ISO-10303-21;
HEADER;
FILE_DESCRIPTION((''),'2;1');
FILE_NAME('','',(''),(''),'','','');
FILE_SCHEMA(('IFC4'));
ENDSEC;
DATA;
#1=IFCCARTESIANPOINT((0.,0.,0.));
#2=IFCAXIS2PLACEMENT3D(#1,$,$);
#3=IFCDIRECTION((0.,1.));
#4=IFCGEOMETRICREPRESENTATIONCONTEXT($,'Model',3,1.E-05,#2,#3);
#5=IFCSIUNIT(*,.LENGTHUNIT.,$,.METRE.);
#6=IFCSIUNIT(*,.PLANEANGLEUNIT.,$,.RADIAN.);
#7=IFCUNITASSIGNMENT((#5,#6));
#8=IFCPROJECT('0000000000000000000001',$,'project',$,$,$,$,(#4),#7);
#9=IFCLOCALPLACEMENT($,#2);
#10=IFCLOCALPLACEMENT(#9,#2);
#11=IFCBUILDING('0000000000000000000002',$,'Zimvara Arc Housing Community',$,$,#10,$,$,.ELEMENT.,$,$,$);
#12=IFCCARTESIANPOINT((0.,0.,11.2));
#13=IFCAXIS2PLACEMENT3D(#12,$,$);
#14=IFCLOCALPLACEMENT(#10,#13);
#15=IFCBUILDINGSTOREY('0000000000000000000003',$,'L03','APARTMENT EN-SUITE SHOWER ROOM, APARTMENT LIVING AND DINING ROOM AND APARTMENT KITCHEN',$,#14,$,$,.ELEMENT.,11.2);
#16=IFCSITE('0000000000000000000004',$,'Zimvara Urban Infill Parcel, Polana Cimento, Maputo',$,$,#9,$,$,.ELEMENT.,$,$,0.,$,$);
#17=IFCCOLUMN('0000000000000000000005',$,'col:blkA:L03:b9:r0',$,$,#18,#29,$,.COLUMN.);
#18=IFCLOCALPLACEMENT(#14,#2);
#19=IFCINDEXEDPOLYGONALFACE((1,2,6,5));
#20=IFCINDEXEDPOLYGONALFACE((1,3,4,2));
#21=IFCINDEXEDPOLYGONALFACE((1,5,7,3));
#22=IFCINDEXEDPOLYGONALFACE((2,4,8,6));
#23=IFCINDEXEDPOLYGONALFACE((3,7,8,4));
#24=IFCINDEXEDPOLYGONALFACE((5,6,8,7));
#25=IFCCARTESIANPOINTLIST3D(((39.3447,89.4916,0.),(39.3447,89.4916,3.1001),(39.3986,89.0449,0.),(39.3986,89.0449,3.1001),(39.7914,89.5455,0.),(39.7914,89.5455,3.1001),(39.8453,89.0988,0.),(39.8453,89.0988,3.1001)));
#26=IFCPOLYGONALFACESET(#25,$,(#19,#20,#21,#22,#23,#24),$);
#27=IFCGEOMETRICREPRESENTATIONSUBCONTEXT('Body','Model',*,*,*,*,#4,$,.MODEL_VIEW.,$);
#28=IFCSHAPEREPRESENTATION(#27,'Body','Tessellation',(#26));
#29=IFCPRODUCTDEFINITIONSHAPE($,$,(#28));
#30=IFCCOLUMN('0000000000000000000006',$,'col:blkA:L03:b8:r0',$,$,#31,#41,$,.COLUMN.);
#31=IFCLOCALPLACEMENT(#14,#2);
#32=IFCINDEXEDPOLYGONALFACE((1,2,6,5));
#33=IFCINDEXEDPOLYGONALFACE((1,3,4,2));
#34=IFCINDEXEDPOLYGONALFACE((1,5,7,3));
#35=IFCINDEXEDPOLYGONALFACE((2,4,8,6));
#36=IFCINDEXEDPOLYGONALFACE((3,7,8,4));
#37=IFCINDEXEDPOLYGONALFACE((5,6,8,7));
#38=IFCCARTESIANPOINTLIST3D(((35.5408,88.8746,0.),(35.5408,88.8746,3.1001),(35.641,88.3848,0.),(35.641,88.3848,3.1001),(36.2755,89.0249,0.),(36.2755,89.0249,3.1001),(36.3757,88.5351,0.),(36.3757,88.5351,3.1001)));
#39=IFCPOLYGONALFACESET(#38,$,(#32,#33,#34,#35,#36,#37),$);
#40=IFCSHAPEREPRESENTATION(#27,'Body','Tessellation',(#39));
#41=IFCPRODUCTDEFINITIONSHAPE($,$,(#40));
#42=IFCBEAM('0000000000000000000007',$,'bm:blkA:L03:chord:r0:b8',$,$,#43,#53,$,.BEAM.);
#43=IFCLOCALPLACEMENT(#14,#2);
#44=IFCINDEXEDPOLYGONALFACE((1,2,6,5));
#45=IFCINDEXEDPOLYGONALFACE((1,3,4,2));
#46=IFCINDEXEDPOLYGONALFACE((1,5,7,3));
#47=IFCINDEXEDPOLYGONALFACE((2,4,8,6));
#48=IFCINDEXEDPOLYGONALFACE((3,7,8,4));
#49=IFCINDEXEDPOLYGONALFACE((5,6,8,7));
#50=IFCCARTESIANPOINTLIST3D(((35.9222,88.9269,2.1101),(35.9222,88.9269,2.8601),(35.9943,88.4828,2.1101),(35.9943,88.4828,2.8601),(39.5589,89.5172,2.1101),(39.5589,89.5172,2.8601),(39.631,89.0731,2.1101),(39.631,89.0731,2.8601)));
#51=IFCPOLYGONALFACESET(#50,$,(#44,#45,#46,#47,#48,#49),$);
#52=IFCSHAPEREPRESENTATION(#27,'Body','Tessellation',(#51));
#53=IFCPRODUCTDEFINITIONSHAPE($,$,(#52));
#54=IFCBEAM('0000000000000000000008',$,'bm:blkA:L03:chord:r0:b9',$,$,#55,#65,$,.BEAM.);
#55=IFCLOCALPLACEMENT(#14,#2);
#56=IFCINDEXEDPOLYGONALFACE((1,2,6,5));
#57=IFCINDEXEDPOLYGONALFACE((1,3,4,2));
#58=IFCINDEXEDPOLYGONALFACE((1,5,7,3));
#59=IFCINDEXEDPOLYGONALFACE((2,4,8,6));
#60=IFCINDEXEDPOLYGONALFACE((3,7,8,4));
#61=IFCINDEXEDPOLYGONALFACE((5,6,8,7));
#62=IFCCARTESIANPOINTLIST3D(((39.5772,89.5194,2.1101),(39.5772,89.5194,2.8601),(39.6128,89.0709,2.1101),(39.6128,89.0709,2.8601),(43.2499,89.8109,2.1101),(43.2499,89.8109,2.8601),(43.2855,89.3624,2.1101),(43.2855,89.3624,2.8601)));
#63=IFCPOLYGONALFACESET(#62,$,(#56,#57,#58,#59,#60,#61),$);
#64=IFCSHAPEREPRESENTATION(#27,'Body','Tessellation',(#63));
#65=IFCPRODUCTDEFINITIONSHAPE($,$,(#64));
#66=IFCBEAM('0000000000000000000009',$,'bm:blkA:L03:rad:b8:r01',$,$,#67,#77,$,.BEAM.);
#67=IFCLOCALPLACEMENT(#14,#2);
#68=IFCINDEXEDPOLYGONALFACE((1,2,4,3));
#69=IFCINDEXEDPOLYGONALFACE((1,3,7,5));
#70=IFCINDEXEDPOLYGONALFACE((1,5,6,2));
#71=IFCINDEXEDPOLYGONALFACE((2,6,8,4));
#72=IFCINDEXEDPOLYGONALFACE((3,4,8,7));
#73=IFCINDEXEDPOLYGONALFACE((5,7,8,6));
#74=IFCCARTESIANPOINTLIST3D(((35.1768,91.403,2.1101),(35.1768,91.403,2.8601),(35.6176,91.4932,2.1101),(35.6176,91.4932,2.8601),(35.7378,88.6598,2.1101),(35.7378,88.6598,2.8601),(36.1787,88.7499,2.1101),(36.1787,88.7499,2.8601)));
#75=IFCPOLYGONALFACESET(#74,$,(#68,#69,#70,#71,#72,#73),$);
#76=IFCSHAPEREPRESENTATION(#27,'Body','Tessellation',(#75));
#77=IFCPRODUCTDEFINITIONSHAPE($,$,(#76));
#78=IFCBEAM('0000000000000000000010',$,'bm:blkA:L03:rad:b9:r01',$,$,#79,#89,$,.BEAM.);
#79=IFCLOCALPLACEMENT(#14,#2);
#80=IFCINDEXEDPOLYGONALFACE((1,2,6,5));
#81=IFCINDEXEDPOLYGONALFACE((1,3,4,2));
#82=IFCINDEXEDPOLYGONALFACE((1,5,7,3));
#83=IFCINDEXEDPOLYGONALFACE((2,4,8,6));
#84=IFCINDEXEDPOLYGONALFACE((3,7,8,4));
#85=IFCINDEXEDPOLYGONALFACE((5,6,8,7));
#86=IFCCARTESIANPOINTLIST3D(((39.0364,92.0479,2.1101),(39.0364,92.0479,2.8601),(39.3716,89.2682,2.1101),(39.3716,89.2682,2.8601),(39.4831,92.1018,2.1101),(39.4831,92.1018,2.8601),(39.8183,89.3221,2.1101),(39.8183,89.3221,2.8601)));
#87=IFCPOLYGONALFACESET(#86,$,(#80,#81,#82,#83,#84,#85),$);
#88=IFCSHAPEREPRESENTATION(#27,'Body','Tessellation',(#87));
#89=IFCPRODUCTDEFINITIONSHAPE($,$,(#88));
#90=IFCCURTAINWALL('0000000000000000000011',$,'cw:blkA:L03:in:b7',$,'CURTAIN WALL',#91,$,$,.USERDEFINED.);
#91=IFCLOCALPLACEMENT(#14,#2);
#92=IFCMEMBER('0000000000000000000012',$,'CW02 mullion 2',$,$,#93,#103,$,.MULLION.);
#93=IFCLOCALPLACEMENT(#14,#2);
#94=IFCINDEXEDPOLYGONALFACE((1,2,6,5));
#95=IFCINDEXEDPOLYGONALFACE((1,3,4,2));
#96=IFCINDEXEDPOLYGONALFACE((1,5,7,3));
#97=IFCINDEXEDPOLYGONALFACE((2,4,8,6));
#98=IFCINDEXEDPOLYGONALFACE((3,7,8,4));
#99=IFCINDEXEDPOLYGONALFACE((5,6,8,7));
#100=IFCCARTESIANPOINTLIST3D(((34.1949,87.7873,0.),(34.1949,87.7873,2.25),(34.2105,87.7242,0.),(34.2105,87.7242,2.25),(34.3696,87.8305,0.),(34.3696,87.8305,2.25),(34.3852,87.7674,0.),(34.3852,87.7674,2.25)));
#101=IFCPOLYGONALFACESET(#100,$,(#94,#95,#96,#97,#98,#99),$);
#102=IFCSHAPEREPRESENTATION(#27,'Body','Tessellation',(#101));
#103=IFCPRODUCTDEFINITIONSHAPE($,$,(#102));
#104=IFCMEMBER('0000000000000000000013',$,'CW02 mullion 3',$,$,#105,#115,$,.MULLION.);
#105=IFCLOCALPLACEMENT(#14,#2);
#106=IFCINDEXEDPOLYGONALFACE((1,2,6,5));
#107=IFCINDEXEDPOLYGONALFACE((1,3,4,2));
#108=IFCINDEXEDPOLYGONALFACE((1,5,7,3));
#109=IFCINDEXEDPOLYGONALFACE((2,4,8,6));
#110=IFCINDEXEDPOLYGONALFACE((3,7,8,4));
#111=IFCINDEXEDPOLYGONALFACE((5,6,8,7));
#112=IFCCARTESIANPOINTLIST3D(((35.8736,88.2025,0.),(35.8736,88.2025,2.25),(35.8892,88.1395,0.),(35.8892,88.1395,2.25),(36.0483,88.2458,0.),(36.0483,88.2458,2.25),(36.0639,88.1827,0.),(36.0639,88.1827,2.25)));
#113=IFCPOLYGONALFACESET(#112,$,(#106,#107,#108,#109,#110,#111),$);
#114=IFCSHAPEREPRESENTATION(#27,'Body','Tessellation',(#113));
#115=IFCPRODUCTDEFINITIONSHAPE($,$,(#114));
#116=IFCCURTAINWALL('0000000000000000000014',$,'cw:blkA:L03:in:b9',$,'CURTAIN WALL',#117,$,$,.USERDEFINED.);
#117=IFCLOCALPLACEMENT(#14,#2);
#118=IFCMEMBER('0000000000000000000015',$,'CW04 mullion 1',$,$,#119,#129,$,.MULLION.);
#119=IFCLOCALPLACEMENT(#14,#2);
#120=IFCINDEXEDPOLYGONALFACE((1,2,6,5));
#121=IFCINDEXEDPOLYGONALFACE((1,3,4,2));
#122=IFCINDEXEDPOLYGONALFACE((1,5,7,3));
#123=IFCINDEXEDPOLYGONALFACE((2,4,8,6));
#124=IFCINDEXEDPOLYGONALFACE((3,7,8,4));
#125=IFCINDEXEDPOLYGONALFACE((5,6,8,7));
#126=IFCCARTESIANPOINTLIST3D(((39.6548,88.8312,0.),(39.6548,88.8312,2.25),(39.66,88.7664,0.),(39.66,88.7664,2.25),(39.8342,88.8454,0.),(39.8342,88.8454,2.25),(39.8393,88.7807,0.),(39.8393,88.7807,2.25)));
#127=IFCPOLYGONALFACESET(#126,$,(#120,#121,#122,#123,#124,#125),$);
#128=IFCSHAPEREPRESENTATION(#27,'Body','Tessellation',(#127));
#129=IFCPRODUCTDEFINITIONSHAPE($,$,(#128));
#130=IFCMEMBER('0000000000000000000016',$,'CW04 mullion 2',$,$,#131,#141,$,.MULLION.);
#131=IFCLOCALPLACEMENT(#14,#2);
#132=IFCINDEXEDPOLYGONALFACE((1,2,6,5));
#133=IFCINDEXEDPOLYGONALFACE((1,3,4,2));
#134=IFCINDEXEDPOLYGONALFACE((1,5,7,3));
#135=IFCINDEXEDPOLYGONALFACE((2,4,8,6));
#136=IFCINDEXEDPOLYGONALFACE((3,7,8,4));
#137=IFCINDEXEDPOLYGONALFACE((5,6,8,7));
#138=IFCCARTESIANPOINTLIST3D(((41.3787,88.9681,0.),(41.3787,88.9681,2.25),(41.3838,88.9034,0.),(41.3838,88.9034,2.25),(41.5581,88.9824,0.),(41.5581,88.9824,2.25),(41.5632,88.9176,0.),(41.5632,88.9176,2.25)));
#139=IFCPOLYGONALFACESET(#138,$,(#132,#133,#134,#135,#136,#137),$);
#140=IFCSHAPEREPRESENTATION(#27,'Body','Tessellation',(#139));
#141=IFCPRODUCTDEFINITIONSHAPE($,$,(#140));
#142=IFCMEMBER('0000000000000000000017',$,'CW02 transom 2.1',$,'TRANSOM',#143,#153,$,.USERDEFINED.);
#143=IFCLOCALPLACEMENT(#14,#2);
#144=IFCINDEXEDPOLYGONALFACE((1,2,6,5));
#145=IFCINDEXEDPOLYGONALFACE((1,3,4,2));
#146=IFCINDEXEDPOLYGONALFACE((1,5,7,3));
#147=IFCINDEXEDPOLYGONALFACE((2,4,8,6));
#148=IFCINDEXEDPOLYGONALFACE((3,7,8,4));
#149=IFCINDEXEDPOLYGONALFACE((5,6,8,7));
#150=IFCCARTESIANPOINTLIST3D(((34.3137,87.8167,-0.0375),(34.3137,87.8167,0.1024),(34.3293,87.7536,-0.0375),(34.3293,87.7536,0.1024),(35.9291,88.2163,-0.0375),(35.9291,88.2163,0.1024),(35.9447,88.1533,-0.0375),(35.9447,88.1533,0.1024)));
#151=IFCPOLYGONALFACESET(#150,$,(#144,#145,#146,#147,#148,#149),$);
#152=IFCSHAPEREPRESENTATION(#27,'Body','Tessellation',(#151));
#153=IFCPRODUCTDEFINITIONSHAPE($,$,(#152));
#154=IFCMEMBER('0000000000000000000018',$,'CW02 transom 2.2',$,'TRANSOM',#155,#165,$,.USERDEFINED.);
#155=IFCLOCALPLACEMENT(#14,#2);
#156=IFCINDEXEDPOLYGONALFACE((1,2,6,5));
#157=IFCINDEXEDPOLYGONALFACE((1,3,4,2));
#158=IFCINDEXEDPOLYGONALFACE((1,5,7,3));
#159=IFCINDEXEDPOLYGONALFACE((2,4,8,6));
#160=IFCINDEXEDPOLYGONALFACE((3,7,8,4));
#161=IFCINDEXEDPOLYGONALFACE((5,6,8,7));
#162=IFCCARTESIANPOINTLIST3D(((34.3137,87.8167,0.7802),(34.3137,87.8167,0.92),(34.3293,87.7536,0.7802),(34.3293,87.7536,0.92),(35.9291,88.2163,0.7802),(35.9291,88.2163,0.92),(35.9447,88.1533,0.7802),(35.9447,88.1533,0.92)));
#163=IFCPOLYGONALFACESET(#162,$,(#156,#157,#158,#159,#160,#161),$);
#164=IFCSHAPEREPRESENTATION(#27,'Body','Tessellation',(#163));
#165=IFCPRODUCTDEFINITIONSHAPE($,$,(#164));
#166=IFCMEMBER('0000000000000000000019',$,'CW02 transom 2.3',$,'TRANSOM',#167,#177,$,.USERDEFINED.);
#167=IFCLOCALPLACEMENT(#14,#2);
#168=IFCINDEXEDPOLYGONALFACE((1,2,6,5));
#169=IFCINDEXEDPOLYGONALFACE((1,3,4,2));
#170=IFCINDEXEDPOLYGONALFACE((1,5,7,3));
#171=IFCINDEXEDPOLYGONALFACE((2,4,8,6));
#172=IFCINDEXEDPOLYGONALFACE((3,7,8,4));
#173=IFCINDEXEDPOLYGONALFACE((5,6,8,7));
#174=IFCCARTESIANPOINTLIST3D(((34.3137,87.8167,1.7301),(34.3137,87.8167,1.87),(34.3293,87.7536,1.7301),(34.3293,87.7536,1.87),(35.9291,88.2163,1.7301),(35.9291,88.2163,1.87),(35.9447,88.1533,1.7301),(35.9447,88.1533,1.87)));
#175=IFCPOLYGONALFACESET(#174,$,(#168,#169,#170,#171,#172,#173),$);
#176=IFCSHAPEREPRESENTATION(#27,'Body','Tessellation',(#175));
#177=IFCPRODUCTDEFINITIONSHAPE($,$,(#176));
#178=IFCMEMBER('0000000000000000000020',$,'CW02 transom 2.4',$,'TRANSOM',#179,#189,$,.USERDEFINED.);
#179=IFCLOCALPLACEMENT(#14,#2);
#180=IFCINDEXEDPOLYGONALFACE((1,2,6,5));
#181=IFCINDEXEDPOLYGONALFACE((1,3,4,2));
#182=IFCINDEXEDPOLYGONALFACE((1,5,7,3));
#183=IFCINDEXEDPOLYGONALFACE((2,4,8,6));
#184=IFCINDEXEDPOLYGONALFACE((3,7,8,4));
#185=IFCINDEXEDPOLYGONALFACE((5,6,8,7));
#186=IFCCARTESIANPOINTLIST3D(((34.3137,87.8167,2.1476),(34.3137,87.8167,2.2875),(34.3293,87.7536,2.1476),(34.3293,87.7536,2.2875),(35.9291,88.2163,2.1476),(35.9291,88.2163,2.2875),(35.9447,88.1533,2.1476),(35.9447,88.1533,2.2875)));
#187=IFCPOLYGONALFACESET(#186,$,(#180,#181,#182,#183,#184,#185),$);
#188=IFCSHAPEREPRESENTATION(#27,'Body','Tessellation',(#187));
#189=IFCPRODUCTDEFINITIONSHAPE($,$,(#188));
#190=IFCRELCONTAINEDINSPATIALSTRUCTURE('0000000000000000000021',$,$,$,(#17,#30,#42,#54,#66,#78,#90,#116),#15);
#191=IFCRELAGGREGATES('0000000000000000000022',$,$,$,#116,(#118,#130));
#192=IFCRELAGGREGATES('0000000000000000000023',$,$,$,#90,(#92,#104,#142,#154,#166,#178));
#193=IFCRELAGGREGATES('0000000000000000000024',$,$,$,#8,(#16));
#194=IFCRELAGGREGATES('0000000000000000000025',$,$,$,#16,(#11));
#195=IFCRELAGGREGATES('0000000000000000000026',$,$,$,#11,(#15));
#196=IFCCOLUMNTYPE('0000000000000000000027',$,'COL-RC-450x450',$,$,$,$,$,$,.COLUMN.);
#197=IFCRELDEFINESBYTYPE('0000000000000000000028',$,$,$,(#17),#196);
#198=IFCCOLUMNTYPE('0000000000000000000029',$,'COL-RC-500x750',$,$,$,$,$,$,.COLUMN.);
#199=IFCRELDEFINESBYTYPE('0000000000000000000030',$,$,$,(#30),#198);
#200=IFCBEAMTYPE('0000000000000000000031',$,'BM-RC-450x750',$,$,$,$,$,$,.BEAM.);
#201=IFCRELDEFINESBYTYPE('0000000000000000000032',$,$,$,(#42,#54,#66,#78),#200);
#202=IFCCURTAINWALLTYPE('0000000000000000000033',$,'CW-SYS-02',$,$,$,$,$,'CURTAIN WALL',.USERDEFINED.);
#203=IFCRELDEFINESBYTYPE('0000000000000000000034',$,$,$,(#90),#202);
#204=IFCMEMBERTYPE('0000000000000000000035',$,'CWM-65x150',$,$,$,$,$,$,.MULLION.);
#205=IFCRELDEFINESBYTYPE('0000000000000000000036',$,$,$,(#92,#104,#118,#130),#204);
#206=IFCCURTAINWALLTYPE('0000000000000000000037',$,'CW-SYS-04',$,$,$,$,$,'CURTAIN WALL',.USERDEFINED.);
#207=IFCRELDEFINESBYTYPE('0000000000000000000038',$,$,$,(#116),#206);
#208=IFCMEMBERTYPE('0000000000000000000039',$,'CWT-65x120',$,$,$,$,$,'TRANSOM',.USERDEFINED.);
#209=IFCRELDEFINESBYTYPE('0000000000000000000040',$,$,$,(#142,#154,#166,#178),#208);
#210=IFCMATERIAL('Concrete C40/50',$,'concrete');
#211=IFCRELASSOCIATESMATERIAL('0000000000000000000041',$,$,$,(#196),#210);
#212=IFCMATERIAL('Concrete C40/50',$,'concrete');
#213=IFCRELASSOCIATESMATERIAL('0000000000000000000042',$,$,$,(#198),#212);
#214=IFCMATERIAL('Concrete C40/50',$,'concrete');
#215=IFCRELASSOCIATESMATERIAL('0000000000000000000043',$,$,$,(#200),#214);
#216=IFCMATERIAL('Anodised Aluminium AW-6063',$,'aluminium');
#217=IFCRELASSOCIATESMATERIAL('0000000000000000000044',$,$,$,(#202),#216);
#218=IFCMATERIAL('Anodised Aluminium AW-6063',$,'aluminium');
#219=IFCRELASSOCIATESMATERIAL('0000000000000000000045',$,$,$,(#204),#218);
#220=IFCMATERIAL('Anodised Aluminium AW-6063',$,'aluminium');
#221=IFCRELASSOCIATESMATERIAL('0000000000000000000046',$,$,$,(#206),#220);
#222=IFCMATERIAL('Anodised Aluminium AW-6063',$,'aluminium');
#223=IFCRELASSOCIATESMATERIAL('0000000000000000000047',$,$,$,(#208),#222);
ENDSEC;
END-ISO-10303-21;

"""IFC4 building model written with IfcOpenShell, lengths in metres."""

from ifc_helpers import new_model, si_unit, direction, frame, origin, origin_2d, place, context, subcontext, project, spatial, rectangle, extrude, material, material_profile, profile_set, type_object, element, aggregate, save


model = new_model("IFC4")

# Units and contexts
model_context = context("Model", 3, precision=1e-05, world=origin(), true_north=direction((0.0, 1.0)))
body_context = subcontext(model_context, "Body", "Model", "MODEL_VIEW")
ifc_project = project(units=[si_unit("LENGTHUNIT", "METRE"), si_unit("PLANEANGLEUNIT", "RADIAN")], contexts=[model_context])

# Site, building, storey
site_placement = place(None, origin())
site = spatial("IfcSite", under=ifc_project, at=site_placement, Name="Zimvara Urban Infill Parcel, Polana Cimento, Maputo", CompositionType="ELEMENT", RefElevation=0.0)
building_placement = place(site_placement, origin())
building = spatial("IfcBuilding", under=site, at=building_placement, Name="Zimvara Arc Housing Community", CompositionType="ELEMENT")
storey_placement = place(building_placement, frame((0.0, 0.0, 11.2)))
storey = spatial("IfcBuildingStorey", under=building, at=storey_placement, Name="L03", Description="APARTMENT EN-SUITE SHOWER ROOM, APARTMENT LIVING AND DINING ROOM AND APARTMENT KITCHEN", CompositionType="ELEMENT", Elevation=11.2)

# Columns
ifc_material_1 = material(Name="Concrete C40/50", Category="concrete")
ifc_material_profile_1 = material_profile(ifc_material_1, rectangle(XDim=0.45, YDim=0.45, at=origin_2d()), Name="RC 450x450")
ifc_profile_set_1 = profile_set([ifc_material_profile_1], Name="Concrete C40/50")
column_type_1 = type_object("IfcColumnType", Name="COL-RC-450x450", PredefinedType="COLUMN", material=ifc_profile_set_1)
column_1_placement = place(storey_placement, frame((39.595, 89.2952, 0.0), z_axis=(0.0, 0.0, 1.0), x_axis=(-0.11979, 0.992799, 0.0)))
element("IfcColumn", 1, at=column_1_placement, inside=storey, type_object=column_type_1, Name="col:blkA:L03:b9:r0", PredefinedType="COLUMN", context=body_context, shape_type="SweptSolid", body=[
    extrude(rectangle(XDim=0.45, YDim=0.45, at=origin_2d()), origin(), (0.0, 0.0, 1.0), 3.1001),
])
ifc_material_2 = material(Name="Concrete C40/50", Category="concrete")
ifc_material_profile_2 = material_profile(ifc_material_2, rectangle(XDim=0.5, YDim=0.75, at=origin_2d()), Name="RC 500x750")
ifc_profile_set_2 = profile_set([ifc_material_profile_2], Name="Concrete C40/50")
column_type_2 = type_object("IfcColumnType", Name="COL-RC-500x750", PredefinedType="COLUMN", material=ifc_profile_set_2)
column_2_placement = place(storey_placement, frame((35.9583, 88.7048, 0.0), z_axis=(0.0, 0.0, 1.0), x_axis=(-0.200394, 0.979715, 0.0)))
element("IfcColumn", 2, at=column_2_placement, inside=storey, type_object=column_type_2, Name="col:blkA:L03:b8:r0", PredefinedType="COLUMN", context=body_context, shape_type="SweptSolid", body=[
    extrude(rectangle(XDim=0.5, YDim=0.75, at=origin_2d()), origin(), (0.0, 0.0, 1.0), 3.1001),
])

# Beams
ifc_material_3 = material(Name="Concrete C40/50", Category="concrete")
ifc_material_profile_3 = material_profile(ifc_material_3, rectangle(XDim=0.45, YDim=0.75, at=origin_2d()), Name="RC 450x750")
ifc_profile_set_3 = profile_set([ifc_material_profile_3], Name="Concrete C40/50")
beam_type = type_object("IfcBeamType", Name="BM-RC-450x750", PredefinedType="BEAM", material=ifc_profile_set_3)
for number, where, z_axis, x_axis, name in (
    (3, (35.9583, 88.7048, 2.4851), (0.98708, 0.160228, 0.0), (-0.160228, 0.98708, 0.0), "bm:blkA:L03:chord:r0:b8"),
    (4, (39.595, 89.2952, 2.4851), (0.996865, 0.079118, 0.0), (-0.079118, 0.996865, 0.0), "bm:blkA:L03:chord:r0:b9"),
):
    element("IfcBeam", number, at=place(storey_placement, frame(where, z_axis=z_axis, x_axis=x_axis)), inside=storey, type_object=beam_type, Name=name, PredefinedType="BEAM", context=body_context, shape_type="SweptSolid", body=[
        extrude(rectangle(XDim=0.45, YDim=0.75, at=origin_2d()), origin(), (0.0, 0.0, 1.0), 3.6843),
    ])
beam_1_placement = place(storey_placement, frame((35.9583, 88.7048, 2.4851), z_axis=(-0.200373, 0.97972, 0.0), x_axis=(-0.97972, -0.200373, 0.0)))
element("IfcBeam", 5, at=beam_1_placement, inside=storey, type_object=beam_type, Name="bm:blkA:L03:rad:b8:r01", PredefinedType="BEAM", context=body_context, shape_type="SweptSolid", body=[
    extrude(rectangle(XDim=0.45, YDim=0.75, at=origin_2d()), origin(), (0.0, 0.0, 1.0), 2.8),
])
beam_2_placement = place(storey_placement, frame((39.595, 89.2952, 2.4851), z_axis=(-0.119719, 0.992808, 0.0), x_axis=(-0.992808, -0.119719, 0.0)))
element("IfcBeam", 6, at=beam_2_placement, inside=storey, type_object=beam_type, Name="bm:blkA:L03:rad:b9:r01", PredefinedType="BEAM", context=body_context, shape_type="SweptSolid", body=[
    extrude(rectangle(XDim=0.45, YDim=0.75, at=origin_2d()), origin(), (0.0, 0.0, 1.0), 2.7998),
])

# Curtain walls, members
ifc_material_4 = material(Name="Anodised Aluminium AW-6063", Category="aluminium")
curtain_wall_type_1 = type_object("IfcCurtainWallType", Name="CW-SYS-02", ElementType="CURTAIN WALL", PredefinedType="USERDEFINED", material=ifc_material_4)
curtain_wall_1_placement = place(storey_placement, origin())
curtain_wall_1 = element("IfcCurtainWall", 7, at=curtain_wall_1_placement, inside=storey, type_object=curtain_wall_type_1, Name="cw:blkA:L03:in:b7", ObjectType="CURTAIN WALL", PredefinedType="USERDEFINED")
ifc_material_5 = material(Name="Anodised Aluminium AW-6063", Category="aluminium")
ifc_material_profile_4 = material_profile(ifc_material_5, rectangle(XDim=0.0649, YDim=0.1799, at=origin_2d()), Name="ALU 65x180")
ifc_profile_set_4 = profile_set([ifc_material_profile_4], Name="Anodised Aluminium AW-6063")
member_type_1 = type_object("IfcMemberType", Name="CWM-65x150", PredefinedType="MULLION", material=ifc_profile_set_4)
member_1_placement = place(storey_placement, frame((34.29, 87.7773, 0.0), z_axis=(0.0, 0.0, 1.0), x_axis=(-0.240228, 0.970717, 0.0)))
member_1 = element("IfcMember", 8, at=member_1_placement, type_object=member_type_1, Name="CW02 mullion 2", PredefinedType="MULLION", context=body_context, shape_type="SweptSolid", body=[
    extrude(rectangle(XDim=0.0649, YDim=0.1799, at=origin_2d()), origin(), (0.0, 0.0, 1.0), 2.25),
])
member_2_placement = place(storey_placement, frame((35.9688, 88.1926, 0.0), z_axis=(0.0, 0.0, 1.0), x_axis=(-0.240228, 0.970717, 0.0)))
member_2 = element("IfcMember", 9, at=member_2_placement, type_object=member_type_1, Name="CW02 mullion 3", PredefinedType="MULLION", context=body_context, shape_type="SweptSolid", body=[
    extrude(rectangle(XDim=0.0649, YDim=0.1799, at=origin_2d()), origin(), (0.0, 0.0, 1.0), 2.25),
])
ifc_material_6 = material(Name="Anodised Aluminium AW-6063", Category="aluminium")
curtain_wall_type_2 = type_object("IfcCurtainWallType", Name="CW-SYS-04", ElementType="CURTAIN WALL", PredefinedType="USERDEFINED", material=ifc_material_6)
curtain_wall_2_placement = place(storey_placement, origin())
curtain_wall_2 = element("IfcCurtainWall", 10, at=curtain_wall_2_placement, inside=storey, type_object=curtain_wall_type_2, Name="cw:blkA:L03:in:b9", ObjectType="CURTAIN WALL", PredefinedType="USERDEFINED")
member_3_placement = place(storey_placement, frame((39.7471, 88.8059, 0.0), z_axis=(0.0, 0.0, 1.0), x_axis=(-0.079155, 0.996862, 0.0)))
member_3 = element("IfcMember", 11, at=member_3_placement, type_object=member_type_1, Name="CW04 mullion 1", PredefinedType="MULLION", context=body_context, shape_type="SweptSolid", body=[
    extrude(rectangle(XDim=0.0649, YDim=0.1799, at=origin_2d()), origin(), (0.0, 0.0, 1.0), 2.25),
])
member_4_placement = place(storey_placement, frame((41.4709, 88.9429, 0.0), z_axis=(0.0, 0.0, 1.0), x_axis=(-0.079155, 0.996862, 0.0)))
member_4 = element("IfcMember", 12, at=member_4_placement, type_object=member_type_1, Name="CW04 mullion 2", PredefinedType="MULLION", context=body_context, shape_type="SweptSolid", body=[
    extrude(rectangle(XDim=0.0649, YDim=0.1799, at=origin_2d()), origin(), (0.0, 0.0, 1.0), 2.25),
])

# Members
ifc_material_7 = material(Name="Anodised Aluminium AW-6063", Category="aluminium")
ifc_material_profile_5 = material_profile(ifc_material_7, rectangle(XDim=0.0649, YDim=0.1399, at=origin_2d()), Name="ALU 65x140")
ifc_profile_set_5 = profile_set([ifc_material_profile_5], Name="Anodised Aluminium AW-6063")
member_type_2 = type_object("IfcMemberType", Name="CWT-65x120", ElementType="TRANSOM", PredefinedType="USERDEFINED", material=ifc_profile_set_5)
member_5_placement = place(storey_placement, frame((34.3215, 87.7852, 0.0325), z_axis=(0.970735, 0.240153, 0.0), x_axis=(-0.240153, 0.970735, 0.0)))
member_5 = element("IfcMember", 13, at=member_5_placement, type_object=member_type_2, Name="CW02 transom 2.1", ObjectType="TRANSOM", PredefinedType="USERDEFINED", context=body_context, shape_type="SweptSolid", body=[
    extrude(rectangle(XDim=0.0649, YDim=0.1399, at=origin_2d()), origin(), (0.0, 0.0, 1.0), 1.6641),
])
member_6_placement = place(storey_placement, frame((34.3215, 87.7852, 0.8501), z_axis=(0.970735, 0.240153, 0.0), x_axis=(-0.240153, 0.970735, 0.0)))
member_6 = element("IfcMember", 14, at=member_6_placement, type_object=member_type_2, Name="CW02 transom 2.2", ObjectType="TRANSOM", PredefinedType="USERDEFINED", context=body_context, shape_type="SweptSolid", body=[
    extrude(rectangle(XDim=0.0649, YDim=0.1399, at=origin_2d()), origin(), (0.0, 0.0, 1.0), 1.6641),
])
member_7_placement = place(storey_placement, frame((34.3215, 87.7852, 1.8), z_axis=(0.970735, 0.240153, 0.0), x_axis=(-0.240153, 0.970735, 0.0)))
member_7 = element("IfcMember", 15, at=member_7_placement, type_object=member_type_2, Name="CW02 transom 2.3", ObjectType="TRANSOM", PredefinedType="USERDEFINED", context=body_context, shape_type="SweptSolid", body=[
    extrude(rectangle(XDim=0.0649, YDim=0.1399, at=origin_2d()), origin(), (0.0, 0.0, 1.0), 1.6641),
])
member_8_placement = place(storey_placement, frame((34.3215, 87.7852, 2.2175), z_axis=(0.970735, 0.240153, 0.0), x_axis=(-0.240153, 0.970735, 0.0)))
member_8 = element("IfcMember", 16, at=member_8_placement, type_object=member_type_2, Name="CW02 transom 2.4", ObjectType="TRANSOM", PredefinedType="USERDEFINED", context=body_context, shape_type="SweptSolid", body=[
    extrude(rectangle(XDim=0.0649, YDim=0.1399, at=origin_2d()), origin(), (0.0, 0.0, 1.0), 1.6641),
])

aggregate(curtain_wall_2, [member_3, member_4])
aggregate(curtain_wall_1, [member_1, member_2, member_5, member_6, member_7, member_8])

save(model, "model.ifc")
